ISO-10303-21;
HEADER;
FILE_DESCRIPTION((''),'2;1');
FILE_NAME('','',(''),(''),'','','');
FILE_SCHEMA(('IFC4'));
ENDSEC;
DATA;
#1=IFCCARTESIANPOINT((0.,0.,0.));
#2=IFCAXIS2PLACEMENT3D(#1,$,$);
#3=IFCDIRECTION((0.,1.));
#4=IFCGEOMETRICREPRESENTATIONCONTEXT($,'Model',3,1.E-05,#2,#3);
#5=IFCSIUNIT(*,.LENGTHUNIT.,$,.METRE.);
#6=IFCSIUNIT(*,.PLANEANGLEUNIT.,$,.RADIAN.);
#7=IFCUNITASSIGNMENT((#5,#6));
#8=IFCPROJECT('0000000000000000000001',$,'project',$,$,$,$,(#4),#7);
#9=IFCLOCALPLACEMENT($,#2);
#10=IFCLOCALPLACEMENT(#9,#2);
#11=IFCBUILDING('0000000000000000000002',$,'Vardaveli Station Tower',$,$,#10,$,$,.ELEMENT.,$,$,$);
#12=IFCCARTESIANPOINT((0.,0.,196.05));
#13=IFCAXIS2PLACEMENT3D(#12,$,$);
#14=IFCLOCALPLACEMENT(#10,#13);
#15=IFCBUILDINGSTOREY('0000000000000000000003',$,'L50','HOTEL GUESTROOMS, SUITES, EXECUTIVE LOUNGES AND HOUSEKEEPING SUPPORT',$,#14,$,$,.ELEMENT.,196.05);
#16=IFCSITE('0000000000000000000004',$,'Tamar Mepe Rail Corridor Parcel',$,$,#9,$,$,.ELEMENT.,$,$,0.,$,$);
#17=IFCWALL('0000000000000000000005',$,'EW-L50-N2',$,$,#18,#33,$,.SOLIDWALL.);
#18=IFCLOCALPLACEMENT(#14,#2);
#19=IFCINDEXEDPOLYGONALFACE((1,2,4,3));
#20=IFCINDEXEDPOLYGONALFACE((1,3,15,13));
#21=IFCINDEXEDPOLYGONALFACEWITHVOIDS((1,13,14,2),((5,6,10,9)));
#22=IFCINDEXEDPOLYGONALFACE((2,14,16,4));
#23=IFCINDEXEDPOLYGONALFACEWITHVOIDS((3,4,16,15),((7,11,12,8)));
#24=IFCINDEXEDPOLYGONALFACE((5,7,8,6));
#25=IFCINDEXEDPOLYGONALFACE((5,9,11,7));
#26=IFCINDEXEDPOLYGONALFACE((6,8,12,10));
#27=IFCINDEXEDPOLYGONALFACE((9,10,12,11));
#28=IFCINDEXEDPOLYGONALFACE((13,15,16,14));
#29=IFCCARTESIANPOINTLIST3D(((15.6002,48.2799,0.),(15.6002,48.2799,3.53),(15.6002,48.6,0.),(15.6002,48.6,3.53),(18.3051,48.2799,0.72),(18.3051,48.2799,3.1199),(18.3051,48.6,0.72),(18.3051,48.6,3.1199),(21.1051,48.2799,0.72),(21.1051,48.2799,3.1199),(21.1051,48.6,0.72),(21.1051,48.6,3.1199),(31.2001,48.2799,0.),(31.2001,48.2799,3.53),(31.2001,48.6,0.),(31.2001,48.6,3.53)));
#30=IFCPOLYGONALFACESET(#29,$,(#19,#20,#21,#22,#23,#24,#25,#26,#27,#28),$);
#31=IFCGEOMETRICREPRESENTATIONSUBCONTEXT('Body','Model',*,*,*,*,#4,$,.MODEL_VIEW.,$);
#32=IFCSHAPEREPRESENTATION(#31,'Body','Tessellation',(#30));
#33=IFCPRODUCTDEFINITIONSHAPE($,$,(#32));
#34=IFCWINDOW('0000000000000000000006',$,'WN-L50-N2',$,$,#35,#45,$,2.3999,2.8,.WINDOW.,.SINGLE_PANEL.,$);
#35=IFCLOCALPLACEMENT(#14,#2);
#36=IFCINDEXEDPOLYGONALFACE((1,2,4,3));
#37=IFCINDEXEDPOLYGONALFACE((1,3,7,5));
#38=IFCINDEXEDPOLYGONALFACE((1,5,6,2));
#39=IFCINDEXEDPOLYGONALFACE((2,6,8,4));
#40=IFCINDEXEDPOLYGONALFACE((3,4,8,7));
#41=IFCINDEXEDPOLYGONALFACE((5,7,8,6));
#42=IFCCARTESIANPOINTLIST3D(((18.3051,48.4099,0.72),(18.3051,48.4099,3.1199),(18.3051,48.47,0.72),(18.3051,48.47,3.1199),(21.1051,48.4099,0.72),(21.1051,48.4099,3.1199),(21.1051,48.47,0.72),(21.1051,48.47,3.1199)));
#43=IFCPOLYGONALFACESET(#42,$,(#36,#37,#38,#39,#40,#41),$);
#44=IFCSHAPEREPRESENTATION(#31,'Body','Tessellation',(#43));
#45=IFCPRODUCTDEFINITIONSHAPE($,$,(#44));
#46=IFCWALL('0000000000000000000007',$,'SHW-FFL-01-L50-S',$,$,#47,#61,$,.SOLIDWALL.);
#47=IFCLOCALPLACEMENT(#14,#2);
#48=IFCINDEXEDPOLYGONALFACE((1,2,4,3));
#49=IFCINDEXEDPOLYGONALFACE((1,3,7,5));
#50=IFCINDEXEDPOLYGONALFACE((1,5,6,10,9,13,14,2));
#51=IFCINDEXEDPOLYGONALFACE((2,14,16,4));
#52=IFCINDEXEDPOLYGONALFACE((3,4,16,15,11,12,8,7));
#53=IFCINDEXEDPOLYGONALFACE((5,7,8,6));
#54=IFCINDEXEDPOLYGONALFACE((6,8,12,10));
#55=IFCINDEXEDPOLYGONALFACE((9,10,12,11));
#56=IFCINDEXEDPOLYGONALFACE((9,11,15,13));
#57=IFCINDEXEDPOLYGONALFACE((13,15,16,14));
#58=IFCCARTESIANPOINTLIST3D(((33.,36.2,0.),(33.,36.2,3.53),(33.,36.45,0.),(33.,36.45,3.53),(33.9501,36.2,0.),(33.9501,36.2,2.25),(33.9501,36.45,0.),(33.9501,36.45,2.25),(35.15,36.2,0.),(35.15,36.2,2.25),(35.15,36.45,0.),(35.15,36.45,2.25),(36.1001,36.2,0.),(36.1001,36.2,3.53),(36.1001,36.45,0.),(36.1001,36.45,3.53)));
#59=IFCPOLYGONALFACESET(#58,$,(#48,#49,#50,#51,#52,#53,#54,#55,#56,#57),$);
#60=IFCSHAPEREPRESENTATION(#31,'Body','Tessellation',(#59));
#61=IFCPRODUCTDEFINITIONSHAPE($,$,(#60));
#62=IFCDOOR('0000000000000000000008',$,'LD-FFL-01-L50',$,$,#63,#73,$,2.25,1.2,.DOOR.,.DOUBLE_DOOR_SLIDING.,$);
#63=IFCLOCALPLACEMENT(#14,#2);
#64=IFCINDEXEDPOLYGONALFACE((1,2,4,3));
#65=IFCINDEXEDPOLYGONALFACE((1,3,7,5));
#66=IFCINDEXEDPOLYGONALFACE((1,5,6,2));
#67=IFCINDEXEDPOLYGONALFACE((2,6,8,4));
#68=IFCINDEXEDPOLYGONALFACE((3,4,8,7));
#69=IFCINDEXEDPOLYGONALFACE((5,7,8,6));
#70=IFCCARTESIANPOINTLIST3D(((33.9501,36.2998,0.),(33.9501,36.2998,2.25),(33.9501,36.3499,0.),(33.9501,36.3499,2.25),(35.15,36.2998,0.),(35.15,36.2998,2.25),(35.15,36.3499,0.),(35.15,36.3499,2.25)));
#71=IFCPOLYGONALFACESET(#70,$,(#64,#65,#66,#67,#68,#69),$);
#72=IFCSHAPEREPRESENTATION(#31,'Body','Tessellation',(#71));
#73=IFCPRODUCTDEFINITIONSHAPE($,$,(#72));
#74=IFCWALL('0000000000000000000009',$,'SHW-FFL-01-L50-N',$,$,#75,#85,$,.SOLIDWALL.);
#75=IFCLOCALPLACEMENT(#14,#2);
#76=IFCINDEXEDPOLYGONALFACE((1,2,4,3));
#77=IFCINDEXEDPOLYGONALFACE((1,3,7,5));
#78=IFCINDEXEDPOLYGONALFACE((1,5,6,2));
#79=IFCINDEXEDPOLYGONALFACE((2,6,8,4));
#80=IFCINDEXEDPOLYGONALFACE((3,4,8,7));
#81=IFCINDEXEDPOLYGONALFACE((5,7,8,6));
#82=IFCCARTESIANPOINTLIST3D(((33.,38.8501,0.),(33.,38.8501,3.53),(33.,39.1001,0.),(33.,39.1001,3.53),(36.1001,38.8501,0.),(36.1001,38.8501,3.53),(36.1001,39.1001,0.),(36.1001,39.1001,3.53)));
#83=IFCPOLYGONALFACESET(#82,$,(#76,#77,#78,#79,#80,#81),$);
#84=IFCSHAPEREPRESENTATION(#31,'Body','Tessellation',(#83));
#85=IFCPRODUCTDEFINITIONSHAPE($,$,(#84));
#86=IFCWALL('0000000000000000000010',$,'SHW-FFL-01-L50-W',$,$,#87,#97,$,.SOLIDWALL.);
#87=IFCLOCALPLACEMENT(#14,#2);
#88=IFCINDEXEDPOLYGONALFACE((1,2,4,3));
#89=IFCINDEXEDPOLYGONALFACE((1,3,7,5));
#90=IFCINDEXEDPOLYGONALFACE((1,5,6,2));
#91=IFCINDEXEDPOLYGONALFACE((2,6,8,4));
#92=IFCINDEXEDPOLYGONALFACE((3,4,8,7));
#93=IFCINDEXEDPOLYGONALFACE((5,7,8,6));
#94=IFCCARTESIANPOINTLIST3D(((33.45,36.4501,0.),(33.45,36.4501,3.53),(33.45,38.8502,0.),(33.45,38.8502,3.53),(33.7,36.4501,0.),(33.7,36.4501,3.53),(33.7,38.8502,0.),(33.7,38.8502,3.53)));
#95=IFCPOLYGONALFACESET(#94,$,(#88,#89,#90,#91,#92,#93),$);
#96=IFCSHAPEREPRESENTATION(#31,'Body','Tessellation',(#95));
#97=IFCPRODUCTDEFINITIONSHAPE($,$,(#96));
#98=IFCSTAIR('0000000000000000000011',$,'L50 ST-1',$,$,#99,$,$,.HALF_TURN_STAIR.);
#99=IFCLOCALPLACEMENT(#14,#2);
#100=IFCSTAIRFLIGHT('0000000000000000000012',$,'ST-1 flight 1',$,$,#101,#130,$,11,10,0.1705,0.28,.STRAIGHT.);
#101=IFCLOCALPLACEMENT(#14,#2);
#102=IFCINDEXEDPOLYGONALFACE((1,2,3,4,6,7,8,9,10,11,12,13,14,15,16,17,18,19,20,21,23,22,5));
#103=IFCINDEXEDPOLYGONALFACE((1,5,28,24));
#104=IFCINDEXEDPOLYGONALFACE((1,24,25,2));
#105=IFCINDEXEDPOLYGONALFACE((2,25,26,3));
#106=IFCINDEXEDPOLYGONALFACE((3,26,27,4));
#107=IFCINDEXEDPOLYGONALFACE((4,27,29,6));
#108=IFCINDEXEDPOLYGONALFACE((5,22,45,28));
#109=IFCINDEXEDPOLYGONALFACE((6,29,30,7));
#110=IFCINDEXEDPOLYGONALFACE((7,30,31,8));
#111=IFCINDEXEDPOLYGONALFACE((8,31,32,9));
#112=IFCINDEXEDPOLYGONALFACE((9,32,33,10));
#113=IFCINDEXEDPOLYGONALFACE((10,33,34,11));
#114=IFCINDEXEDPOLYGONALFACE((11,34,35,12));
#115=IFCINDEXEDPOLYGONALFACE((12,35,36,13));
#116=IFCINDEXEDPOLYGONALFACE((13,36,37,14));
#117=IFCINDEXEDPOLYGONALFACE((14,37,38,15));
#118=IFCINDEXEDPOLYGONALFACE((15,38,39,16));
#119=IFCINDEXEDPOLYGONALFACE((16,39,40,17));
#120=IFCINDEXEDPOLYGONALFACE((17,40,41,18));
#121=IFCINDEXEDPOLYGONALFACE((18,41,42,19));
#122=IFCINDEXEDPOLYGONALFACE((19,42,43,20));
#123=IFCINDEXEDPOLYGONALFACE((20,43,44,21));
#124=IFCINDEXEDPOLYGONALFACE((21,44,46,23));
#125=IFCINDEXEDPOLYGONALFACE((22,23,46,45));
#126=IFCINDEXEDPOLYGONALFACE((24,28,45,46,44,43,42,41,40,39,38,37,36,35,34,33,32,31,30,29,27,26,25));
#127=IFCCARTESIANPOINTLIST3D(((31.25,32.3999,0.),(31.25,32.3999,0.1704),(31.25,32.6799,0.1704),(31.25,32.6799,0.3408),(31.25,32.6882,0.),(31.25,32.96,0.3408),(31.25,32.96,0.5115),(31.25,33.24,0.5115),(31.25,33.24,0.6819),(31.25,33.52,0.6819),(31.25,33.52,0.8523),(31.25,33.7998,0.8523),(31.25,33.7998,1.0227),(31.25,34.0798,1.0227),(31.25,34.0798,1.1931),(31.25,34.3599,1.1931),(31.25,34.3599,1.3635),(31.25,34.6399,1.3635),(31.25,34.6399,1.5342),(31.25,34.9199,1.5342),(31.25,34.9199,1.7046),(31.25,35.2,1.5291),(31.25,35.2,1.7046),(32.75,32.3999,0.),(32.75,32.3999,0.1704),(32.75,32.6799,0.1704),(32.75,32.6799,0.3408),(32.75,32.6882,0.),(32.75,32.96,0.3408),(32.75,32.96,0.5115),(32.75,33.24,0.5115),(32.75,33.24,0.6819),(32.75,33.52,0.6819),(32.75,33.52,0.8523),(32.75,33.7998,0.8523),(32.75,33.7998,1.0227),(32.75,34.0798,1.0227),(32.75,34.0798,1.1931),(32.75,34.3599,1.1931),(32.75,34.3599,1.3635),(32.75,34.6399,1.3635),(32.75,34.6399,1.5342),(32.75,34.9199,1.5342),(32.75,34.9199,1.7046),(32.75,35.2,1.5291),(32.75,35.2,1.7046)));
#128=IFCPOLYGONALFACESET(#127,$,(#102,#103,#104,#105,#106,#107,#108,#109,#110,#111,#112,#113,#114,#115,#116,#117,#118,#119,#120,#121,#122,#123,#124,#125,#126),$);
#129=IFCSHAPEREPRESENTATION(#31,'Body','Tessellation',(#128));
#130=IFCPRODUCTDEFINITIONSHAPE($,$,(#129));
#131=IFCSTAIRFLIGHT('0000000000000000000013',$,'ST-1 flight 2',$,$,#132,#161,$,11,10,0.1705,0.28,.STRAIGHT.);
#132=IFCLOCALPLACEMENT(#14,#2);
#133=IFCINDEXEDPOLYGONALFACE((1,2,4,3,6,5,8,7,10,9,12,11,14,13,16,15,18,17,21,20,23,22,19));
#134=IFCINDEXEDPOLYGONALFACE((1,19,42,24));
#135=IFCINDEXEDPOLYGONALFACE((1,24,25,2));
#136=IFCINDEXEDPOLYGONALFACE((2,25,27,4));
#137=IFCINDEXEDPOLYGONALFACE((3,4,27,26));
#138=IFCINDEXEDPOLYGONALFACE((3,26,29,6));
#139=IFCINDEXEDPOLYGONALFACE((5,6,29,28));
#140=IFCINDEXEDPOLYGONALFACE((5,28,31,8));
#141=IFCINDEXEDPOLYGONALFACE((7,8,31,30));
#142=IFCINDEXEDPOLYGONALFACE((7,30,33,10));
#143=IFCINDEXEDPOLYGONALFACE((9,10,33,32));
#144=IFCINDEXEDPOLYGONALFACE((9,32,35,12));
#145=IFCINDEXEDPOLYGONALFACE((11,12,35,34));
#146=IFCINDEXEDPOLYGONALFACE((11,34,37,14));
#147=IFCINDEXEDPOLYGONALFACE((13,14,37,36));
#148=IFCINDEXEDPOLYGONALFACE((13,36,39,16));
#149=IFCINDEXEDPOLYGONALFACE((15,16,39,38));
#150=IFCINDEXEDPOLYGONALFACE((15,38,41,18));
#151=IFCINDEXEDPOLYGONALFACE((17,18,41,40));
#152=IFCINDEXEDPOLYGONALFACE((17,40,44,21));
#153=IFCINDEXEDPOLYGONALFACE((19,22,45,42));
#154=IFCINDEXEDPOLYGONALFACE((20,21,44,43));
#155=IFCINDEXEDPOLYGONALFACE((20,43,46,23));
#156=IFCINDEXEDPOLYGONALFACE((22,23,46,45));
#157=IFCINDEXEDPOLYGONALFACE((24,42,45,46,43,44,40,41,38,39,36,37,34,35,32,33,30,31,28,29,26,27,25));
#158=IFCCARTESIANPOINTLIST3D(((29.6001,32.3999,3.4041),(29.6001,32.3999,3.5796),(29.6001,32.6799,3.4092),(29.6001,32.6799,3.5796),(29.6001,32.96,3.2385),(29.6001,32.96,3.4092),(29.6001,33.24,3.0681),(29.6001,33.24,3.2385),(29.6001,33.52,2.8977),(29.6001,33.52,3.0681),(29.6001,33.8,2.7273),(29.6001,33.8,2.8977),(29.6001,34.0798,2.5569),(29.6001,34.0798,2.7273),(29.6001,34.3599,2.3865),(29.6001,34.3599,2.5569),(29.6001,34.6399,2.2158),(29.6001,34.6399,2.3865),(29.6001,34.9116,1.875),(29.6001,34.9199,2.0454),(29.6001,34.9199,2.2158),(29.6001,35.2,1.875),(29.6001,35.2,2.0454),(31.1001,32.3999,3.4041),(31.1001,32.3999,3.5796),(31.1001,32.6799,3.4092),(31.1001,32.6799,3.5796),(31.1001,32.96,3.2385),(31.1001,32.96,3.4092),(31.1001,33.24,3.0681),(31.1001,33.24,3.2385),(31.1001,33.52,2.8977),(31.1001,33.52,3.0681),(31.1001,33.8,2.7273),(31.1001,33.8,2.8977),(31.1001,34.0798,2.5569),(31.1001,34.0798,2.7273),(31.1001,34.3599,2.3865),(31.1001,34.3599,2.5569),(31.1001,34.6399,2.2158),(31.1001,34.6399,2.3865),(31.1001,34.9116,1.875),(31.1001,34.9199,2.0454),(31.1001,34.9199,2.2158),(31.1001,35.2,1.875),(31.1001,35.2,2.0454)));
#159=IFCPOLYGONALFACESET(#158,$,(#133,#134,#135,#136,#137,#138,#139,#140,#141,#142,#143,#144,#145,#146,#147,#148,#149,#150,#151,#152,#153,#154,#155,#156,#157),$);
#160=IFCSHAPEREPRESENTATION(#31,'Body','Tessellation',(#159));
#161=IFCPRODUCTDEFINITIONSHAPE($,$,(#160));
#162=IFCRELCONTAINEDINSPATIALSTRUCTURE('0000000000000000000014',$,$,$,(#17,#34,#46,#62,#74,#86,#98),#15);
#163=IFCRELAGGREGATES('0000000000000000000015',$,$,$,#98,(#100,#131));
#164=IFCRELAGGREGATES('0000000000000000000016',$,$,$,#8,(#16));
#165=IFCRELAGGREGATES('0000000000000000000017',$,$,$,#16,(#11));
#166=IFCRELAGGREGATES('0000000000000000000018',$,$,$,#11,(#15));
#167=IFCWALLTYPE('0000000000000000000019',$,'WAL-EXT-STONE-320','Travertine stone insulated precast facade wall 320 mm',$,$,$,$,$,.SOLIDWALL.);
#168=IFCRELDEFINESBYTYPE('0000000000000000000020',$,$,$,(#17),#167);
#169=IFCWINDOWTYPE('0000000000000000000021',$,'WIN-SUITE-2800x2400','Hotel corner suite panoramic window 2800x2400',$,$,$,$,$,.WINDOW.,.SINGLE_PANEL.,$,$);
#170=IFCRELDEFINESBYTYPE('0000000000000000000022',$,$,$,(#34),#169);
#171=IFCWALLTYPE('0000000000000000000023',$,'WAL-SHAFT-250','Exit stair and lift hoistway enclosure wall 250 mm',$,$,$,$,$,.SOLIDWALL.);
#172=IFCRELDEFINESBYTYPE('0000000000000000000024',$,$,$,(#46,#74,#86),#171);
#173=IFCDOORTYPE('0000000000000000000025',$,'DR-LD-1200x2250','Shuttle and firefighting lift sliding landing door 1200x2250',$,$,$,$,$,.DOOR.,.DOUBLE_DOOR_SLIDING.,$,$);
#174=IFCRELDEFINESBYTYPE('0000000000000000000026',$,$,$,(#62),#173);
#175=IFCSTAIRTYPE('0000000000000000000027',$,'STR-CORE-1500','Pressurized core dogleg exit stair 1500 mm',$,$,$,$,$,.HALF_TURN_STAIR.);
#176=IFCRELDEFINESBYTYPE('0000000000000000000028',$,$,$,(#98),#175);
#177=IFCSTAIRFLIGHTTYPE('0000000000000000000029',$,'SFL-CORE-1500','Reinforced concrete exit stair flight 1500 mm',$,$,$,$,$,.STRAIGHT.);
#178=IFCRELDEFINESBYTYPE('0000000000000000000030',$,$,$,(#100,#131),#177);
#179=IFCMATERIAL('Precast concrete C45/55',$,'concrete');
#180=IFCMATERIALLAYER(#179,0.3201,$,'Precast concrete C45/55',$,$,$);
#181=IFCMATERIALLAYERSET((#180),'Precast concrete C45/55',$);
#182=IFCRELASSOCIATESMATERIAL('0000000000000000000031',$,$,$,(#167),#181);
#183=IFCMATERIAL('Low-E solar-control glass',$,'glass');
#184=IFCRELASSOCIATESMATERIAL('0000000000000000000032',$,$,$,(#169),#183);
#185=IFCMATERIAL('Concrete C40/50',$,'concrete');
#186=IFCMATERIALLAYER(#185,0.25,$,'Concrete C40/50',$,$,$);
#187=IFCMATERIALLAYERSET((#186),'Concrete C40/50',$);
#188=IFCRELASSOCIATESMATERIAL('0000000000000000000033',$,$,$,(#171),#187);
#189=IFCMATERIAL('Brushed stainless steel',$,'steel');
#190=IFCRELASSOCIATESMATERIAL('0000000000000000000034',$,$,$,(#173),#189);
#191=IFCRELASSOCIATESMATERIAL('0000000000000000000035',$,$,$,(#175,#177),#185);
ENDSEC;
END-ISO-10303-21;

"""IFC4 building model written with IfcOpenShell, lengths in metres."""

from ifc_helpers import new_model, si_unit, direction, frame, frame_2d, origin, place, context, subcontext, project, spatial, polyline, rectangle, outline, extrude, source, transform, mapped, material, layer, layer_set, type_object, element, fill, aggregate, save


model = new_model("IFC4")

# Units and contexts
model_context = context("Model", 3, precision=1e-05, world=origin(), true_north=direction((0.0, 1.0)))
body_context = subcontext(model_context, "Body", "Model", "MODEL_VIEW")
ifc_project = project(units=[si_unit("LENGTHUNIT", "METRE"), si_unit("PLANEANGLEUNIT", "RADIAN")], contexts=[model_context])

# Site, building, storey
site_placement = place(None, origin())
site = spatial("IfcSite", under=ifc_project, at=site_placement, Name="Tamar Mepe Rail Corridor Parcel", CompositionType="ELEMENT", RefElevation=0.0)
building_placement = place(site_placement, origin())
building = spatial("IfcBuilding", under=site, at=building_placement, Name="Vardaveli Station Tower", CompositionType="ELEMENT")
storey_placement = place(building_placement, frame((0.0, 0.0, 196.05)))
storey = spatial("IfcBuildingStorey", under=building, at=storey_placement, Name="L50", Description="HOTEL GUESTROOMS, SUITES, EXECUTIVE LOUNGES AND HOUSEKEEPING SUPPORT", CompositionType="ELEMENT", Elevation=196.05)

# Shared definitions
ifc_material_1 = material(Name="Precast concrete C45/55", Category="concrete")

# Wall, opening, window
ifc_layer_1 = layer(ifc_material_1, 0.3201, Name="Precast concrete C45/55")
ifc_layer_set_1 = layer_set([ifc_layer_1], Name="Precast concrete C45/55")
wall_type_1 = type_object("IfcWallType", Name="WAL-EXT-STONE-320", Description="Travertine stone insulated precast facade wall 320 mm", PredefinedType="SOLIDWALL", material=ifc_layer_set_1)
shared_shape_1 = source(origin(), body_context, "Body", "SweptSolid", [
    extrude(rectangle(XDim=15.5999, YDim=0.3201, at=frame_2d((7.7998, 0.0))), origin(), (0.0, 0.0, 1.0), 3.53),
])
wall_1_placement = place(storey_placement, frame((31.2, 48.4399, 0.0), z_axis=(0.0, 0.0, 1.0), x_axis=(-1.0, 0.0, 0.0)))
wall_1 = element("IfcWall", 1, at=wall_1_placement, inside=storey, type_object=wall_type_1, Name="EW-L50-N2", PredefinedType="SOLIDWALL", context=body_context, shape_type="MappedRepresentation", body=[
    mapped(shared_shape_1, transform((0.0, 0.0, 0.0), scale=1.0)),
])
shared_shape_2 = source(origin(), body_context, "Body", "SweptSolid", [
    extrude(rectangle(XDim=2.8, YDim=2.3999, at=frame_2d((1.3999, 1.2))), frame((0.0, 0.1699, 0.0), z_axis=(0.0, -1.0, 0.0), x_axis=(1.0, 0.0, 0.0)), (0.0, 0.0, 1.0), 0.3401),
])
opening_1_placement = place(wall_1_placement, frame((10.095, 0.0, 0.72)))
opening_1 = element("IfcOpeningElement", 2, at=opening_1_placement, cuts=wall_1, PredefinedType="OPENING", context=body_context, shape_type="MappedRepresentation", body=[
    mapped(shared_shape_2, transform((0.0, 0.0, 0.0), scale=1.0)),
])
ifc_material_2 = material(Name="Low-E solar-control glass", Category="glass")
window_type = type_object("IfcWindowType", Name="WIN-SUITE-2800x2400", Description="Hotel corner suite panoramic window 2800x2400", PartitioningType="SINGLE_PANEL", PredefinedType="WINDOW", material=ifc_material_2)
shared_shape_3 = source(origin(), body_context, "Body", "SweptSolid", [
    extrude(rectangle(XDim=2.8, YDim=2.3999, at=frame_2d((1.3999, 1.2))), frame((0.0, 0.03, 0.0), z_axis=(0.0, -1.0, 0.0), x_axis=(1.0, 0.0, 0.0)), (0.0, 0.0, 1.0), 0.0601),
])
window_placement = place(opening_1_placement, origin())
window = element("IfcWindow", 3, at=window_placement, inside=storey, type_object=window_type, Name="WN-L50-N2", OverallHeight=2.3999, OverallWidth=2.8, PartitioningType="SINGLE_PANEL", PredefinedType="WINDOW", context=body_context, shape_type="MappedRepresentation", body=[
    mapped(shared_shape_3, transform((0.0, 0.0, 0.0), scale=1.0)),
])
fill(opening_1, window)

# Wall, opening, door
ifc_material_3 = material(Name="Concrete C40/50", Category="concrete")
ifc_layer_2 = layer(ifc_material_3, 0.25, Name="Concrete C40/50")
ifc_layer_set_2 = layer_set([ifc_layer_2], Name="Concrete C40/50")
wall_type_2 = type_object("IfcWallType", Name="WAL-SHAFT-250", Description="Exit stair and lift hoistway enclosure wall 250 mm", PredefinedType="SOLIDWALL", material=ifc_layer_set_2)
shared_shape_4 = source(origin(), body_context, "Body", "SweptSolid", [
    extrude(rectangle(XDim=3.1001, YDim=0.25, at=frame_2d((1.55, 0.0))), origin(), (0.0, 0.0, 1.0), 3.53),
])
wall_2_placement = place(storey_placement, frame((33.0, 36.325, 0.0), z_axis=(0.0, 0.0, 1.0), x_axis=(1.0, 0.0, 0.0)))
wall_2 = element("IfcWall", 4, at=wall_2_placement, inside=storey, type_object=wall_type_2, Name="SHW-FFL-01-L50-S", PredefinedType="SOLIDWALL", context=body_context, shape_type="MappedRepresentation", body=[
    mapped(shared_shape_4, transform((0.0, 0.0, 0.0), scale=1.0)),
])
shared_shape_5 = source(origin(), body_context, "Body", "SweptSolid", [
    extrude(rectangle(XDim=1.2, YDim=2.25, at=frame_2d((0.6001, 1.125))), frame((0.0, 0.135, 0.0), z_axis=(0.0, -1.0, 0.0), x_axis=(1.0, 0.0, 0.0)), (0.0, 0.0, 1.0), 0.27),
])
opening_2_placement = place(wall_2_placement, frame((0.95, 0.0, 0.0)))
opening_2 = element("IfcOpeningElement", 5, at=opening_2_placement, cuts=wall_2, PredefinedType="OPENING", context=body_context, shape_type="MappedRepresentation", body=[
    mapped(shared_shape_5, transform((0.0, 0.0, 0.0), scale=1.0)),
])
ifc_material_4 = material(Name="Brushed stainless steel", Category="steel")
door_type = type_object("IfcDoorType", Name="DR-LD-1200x2250", Description="Shuttle and firefighting lift sliding landing door 1200x2250", OperationType="DOUBLE_DOOR_SLIDING", PredefinedType="DOOR", material=ifc_material_4)
shared_shape_6 = source(origin(), body_context, "Body", "SweptSolid", [
    extrude(rectangle(XDim=1.2, YDim=2.25, at=frame_2d((0.6001, 1.125))), frame((0.0, 0.0249, 0.0), z_axis=(0.0, -1.0, 0.0), x_axis=(1.0, 0.0, 0.0)), (0.0, 0.0, 1.0), 0.05),
])
door_placement = place(opening_2_placement, origin())
door = element("IfcDoor", 6, at=door_placement, inside=storey, type_object=door_type, Name="LD-FFL-01-L50", OperationType="DOUBLE_DOOR_SLIDING", OverallHeight=2.25, OverallWidth=1.2, PredefinedType="DOOR", context=body_context, shape_type="MappedRepresentation", body=[
    mapped(shared_shape_6, transform((0.0, 0.0, 0.0), scale=1.0)),
])
fill(opening_2, door)

# Walls
wall_3_placement = place(storey_placement, frame((33.0, 38.9751, 0.0), z_axis=(0.0, 0.0, 1.0), x_axis=(1.0, 0.0, 0.0)))
element("IfcWall", 7, at=wall_3_placement, inside=storey, type_object=wall_type_2, Name="SHW-FFL-01-L50-N", PredefinedType="SOLIDWALL", context=body_context, shape_type="MappedRepresentation", body=[
    mapped(shared_shape_4, transform((0.0, 0.0, 0.0), scale=1.0)),
])
shared_shape_7 = source(origin(), body_context, "Body", "SweptSolid", [
    extrude(rectangle(XDim=2.4001, YDim=0.25, at=frame_2d((1.2002, 0.0))), origin(), (0.0, 0.0, 1.0), 3.53),
])
wall_4_placement = place(storey_placement, frame((33.575, 36.45, 0.0), z_axis=(0.0, 0.0, 1.0), x_axis=(0.0, 1.0, 0.0)))
element("IfcWall", 8, at=wall_4_placement, inside=storey, type_object=wall_type_2, Name="SHW-FFL-01-L50-W", PredefinedType="SOLIDWALL", context=body_context, shape_type="MappedRepresentation", body=[
    mapped(shared_shape_7, transform((0.0, 0.0, 0.0), scale=1.0)),
])

# Stair, stair flights
stair_type = type_object("IfcStairType", Name="STR-CORE-1500", Description="Pressurized core dogleg exit stair 1500 mm", PredefinedType="HALF_TURN_STAIR", material=ifc_material_3)
stair_placement = place(storey_placement, origin())
stair = element("IfcStair", 9, at=stair_placement, inside=storey, type_object=stair_type, Name="L50 ST-1", PredefinedType="HALF_TURN_STAIR")
stair_flight_type = type_object("IfcStairFlightType", Name="SFL-CORE-1500", Description="Reinforced concrete exit stair flight 1500 mm", PredefinedType="STRAIGHT", material=ifc_material_3)
shared_shape_8 = source(origin(), body_context, "Body", "SweptSolid", [
    extrude(outline(polyline([(0.0, 0.0), (0.0, 0.1704), (0.28, 0.1704), (0.28, 0.3408), (0.5601, 0.3408), (0.5601, 0.5115), (0.8401, 0.5115), (0.8401, 0.6819), (1.1201, 0.6819), (1.1201, 0.8523), (1.3999, 0.8523), (1.3999, 1.0227), (1.6799, 1.0227), (1.6799, 1.1931), (1.96, 1.1931), (1.96, 1.3635), (2.24, 1.3635), (2.24, 1.5342), (2.52, 1.5342), (2.52, 1.7046), (2.8, 1.7046), (2.8, 1.875), (2.8, 1.5291), (0.2883, 0.0), (0.0, 0.0)])), frame((0.0, 0.75, 0.0), z_axis=(0.0, -1.0, 0.0), x_axis=(1.0, 0.0, 0.0)), (0.0, 0.0, 1.0), 1.5),
])
stair_flight_1_placement = place(storey_placement, frame((32.0, 32.3999, 0.0), z_axis=(0.0, 0.0, 1.0), x_axis=(0.0, 1.0, 0.0)))
stair_flight_1 = element("IfcStairFlight", 10, at=stair_flight_1_placement, type_object=stair_flight_type, Name="ST-1 flight 1", NumberOfRisers=11, NumberOfTreads=10, PredefinedType="STRAIGHT", RiserHeight=0.1705, TreadLength=0.28, context=body_context, shape_type="MappedRepresentation", body=[
    mapped(shared_shape_8, transform((0.0, 0.0, 0.0), scale=1.0)),
])
stair_flight_2_placement = place(storey_placement, frame((30.3501, 35.2, 1.875), z_axis=(0.0, 0.0, 1.0), x_axis=(0.0, -1.0, 0.0)))
stair_flight_2 = element("IfcStairFlight", 11, at=stair_flight_2_placement, type_object=stair_flight_type, Name="ST-1 flight 2", NumberOfRisers=11, NumberOfTreads=10, PredefinedType="STRAIGHT", RiserHeight=0.1705, TreadLength=0.28, context=body_context, shape_type="MappedRepresentation", body=[
    mapped(shared_shape_8, transform((0.0, 0.0, 0.0), scale=1.0)),
])
aggregate(stair, [stair_flight_1, stair_flight_2])

save(model, "model.ifc")
